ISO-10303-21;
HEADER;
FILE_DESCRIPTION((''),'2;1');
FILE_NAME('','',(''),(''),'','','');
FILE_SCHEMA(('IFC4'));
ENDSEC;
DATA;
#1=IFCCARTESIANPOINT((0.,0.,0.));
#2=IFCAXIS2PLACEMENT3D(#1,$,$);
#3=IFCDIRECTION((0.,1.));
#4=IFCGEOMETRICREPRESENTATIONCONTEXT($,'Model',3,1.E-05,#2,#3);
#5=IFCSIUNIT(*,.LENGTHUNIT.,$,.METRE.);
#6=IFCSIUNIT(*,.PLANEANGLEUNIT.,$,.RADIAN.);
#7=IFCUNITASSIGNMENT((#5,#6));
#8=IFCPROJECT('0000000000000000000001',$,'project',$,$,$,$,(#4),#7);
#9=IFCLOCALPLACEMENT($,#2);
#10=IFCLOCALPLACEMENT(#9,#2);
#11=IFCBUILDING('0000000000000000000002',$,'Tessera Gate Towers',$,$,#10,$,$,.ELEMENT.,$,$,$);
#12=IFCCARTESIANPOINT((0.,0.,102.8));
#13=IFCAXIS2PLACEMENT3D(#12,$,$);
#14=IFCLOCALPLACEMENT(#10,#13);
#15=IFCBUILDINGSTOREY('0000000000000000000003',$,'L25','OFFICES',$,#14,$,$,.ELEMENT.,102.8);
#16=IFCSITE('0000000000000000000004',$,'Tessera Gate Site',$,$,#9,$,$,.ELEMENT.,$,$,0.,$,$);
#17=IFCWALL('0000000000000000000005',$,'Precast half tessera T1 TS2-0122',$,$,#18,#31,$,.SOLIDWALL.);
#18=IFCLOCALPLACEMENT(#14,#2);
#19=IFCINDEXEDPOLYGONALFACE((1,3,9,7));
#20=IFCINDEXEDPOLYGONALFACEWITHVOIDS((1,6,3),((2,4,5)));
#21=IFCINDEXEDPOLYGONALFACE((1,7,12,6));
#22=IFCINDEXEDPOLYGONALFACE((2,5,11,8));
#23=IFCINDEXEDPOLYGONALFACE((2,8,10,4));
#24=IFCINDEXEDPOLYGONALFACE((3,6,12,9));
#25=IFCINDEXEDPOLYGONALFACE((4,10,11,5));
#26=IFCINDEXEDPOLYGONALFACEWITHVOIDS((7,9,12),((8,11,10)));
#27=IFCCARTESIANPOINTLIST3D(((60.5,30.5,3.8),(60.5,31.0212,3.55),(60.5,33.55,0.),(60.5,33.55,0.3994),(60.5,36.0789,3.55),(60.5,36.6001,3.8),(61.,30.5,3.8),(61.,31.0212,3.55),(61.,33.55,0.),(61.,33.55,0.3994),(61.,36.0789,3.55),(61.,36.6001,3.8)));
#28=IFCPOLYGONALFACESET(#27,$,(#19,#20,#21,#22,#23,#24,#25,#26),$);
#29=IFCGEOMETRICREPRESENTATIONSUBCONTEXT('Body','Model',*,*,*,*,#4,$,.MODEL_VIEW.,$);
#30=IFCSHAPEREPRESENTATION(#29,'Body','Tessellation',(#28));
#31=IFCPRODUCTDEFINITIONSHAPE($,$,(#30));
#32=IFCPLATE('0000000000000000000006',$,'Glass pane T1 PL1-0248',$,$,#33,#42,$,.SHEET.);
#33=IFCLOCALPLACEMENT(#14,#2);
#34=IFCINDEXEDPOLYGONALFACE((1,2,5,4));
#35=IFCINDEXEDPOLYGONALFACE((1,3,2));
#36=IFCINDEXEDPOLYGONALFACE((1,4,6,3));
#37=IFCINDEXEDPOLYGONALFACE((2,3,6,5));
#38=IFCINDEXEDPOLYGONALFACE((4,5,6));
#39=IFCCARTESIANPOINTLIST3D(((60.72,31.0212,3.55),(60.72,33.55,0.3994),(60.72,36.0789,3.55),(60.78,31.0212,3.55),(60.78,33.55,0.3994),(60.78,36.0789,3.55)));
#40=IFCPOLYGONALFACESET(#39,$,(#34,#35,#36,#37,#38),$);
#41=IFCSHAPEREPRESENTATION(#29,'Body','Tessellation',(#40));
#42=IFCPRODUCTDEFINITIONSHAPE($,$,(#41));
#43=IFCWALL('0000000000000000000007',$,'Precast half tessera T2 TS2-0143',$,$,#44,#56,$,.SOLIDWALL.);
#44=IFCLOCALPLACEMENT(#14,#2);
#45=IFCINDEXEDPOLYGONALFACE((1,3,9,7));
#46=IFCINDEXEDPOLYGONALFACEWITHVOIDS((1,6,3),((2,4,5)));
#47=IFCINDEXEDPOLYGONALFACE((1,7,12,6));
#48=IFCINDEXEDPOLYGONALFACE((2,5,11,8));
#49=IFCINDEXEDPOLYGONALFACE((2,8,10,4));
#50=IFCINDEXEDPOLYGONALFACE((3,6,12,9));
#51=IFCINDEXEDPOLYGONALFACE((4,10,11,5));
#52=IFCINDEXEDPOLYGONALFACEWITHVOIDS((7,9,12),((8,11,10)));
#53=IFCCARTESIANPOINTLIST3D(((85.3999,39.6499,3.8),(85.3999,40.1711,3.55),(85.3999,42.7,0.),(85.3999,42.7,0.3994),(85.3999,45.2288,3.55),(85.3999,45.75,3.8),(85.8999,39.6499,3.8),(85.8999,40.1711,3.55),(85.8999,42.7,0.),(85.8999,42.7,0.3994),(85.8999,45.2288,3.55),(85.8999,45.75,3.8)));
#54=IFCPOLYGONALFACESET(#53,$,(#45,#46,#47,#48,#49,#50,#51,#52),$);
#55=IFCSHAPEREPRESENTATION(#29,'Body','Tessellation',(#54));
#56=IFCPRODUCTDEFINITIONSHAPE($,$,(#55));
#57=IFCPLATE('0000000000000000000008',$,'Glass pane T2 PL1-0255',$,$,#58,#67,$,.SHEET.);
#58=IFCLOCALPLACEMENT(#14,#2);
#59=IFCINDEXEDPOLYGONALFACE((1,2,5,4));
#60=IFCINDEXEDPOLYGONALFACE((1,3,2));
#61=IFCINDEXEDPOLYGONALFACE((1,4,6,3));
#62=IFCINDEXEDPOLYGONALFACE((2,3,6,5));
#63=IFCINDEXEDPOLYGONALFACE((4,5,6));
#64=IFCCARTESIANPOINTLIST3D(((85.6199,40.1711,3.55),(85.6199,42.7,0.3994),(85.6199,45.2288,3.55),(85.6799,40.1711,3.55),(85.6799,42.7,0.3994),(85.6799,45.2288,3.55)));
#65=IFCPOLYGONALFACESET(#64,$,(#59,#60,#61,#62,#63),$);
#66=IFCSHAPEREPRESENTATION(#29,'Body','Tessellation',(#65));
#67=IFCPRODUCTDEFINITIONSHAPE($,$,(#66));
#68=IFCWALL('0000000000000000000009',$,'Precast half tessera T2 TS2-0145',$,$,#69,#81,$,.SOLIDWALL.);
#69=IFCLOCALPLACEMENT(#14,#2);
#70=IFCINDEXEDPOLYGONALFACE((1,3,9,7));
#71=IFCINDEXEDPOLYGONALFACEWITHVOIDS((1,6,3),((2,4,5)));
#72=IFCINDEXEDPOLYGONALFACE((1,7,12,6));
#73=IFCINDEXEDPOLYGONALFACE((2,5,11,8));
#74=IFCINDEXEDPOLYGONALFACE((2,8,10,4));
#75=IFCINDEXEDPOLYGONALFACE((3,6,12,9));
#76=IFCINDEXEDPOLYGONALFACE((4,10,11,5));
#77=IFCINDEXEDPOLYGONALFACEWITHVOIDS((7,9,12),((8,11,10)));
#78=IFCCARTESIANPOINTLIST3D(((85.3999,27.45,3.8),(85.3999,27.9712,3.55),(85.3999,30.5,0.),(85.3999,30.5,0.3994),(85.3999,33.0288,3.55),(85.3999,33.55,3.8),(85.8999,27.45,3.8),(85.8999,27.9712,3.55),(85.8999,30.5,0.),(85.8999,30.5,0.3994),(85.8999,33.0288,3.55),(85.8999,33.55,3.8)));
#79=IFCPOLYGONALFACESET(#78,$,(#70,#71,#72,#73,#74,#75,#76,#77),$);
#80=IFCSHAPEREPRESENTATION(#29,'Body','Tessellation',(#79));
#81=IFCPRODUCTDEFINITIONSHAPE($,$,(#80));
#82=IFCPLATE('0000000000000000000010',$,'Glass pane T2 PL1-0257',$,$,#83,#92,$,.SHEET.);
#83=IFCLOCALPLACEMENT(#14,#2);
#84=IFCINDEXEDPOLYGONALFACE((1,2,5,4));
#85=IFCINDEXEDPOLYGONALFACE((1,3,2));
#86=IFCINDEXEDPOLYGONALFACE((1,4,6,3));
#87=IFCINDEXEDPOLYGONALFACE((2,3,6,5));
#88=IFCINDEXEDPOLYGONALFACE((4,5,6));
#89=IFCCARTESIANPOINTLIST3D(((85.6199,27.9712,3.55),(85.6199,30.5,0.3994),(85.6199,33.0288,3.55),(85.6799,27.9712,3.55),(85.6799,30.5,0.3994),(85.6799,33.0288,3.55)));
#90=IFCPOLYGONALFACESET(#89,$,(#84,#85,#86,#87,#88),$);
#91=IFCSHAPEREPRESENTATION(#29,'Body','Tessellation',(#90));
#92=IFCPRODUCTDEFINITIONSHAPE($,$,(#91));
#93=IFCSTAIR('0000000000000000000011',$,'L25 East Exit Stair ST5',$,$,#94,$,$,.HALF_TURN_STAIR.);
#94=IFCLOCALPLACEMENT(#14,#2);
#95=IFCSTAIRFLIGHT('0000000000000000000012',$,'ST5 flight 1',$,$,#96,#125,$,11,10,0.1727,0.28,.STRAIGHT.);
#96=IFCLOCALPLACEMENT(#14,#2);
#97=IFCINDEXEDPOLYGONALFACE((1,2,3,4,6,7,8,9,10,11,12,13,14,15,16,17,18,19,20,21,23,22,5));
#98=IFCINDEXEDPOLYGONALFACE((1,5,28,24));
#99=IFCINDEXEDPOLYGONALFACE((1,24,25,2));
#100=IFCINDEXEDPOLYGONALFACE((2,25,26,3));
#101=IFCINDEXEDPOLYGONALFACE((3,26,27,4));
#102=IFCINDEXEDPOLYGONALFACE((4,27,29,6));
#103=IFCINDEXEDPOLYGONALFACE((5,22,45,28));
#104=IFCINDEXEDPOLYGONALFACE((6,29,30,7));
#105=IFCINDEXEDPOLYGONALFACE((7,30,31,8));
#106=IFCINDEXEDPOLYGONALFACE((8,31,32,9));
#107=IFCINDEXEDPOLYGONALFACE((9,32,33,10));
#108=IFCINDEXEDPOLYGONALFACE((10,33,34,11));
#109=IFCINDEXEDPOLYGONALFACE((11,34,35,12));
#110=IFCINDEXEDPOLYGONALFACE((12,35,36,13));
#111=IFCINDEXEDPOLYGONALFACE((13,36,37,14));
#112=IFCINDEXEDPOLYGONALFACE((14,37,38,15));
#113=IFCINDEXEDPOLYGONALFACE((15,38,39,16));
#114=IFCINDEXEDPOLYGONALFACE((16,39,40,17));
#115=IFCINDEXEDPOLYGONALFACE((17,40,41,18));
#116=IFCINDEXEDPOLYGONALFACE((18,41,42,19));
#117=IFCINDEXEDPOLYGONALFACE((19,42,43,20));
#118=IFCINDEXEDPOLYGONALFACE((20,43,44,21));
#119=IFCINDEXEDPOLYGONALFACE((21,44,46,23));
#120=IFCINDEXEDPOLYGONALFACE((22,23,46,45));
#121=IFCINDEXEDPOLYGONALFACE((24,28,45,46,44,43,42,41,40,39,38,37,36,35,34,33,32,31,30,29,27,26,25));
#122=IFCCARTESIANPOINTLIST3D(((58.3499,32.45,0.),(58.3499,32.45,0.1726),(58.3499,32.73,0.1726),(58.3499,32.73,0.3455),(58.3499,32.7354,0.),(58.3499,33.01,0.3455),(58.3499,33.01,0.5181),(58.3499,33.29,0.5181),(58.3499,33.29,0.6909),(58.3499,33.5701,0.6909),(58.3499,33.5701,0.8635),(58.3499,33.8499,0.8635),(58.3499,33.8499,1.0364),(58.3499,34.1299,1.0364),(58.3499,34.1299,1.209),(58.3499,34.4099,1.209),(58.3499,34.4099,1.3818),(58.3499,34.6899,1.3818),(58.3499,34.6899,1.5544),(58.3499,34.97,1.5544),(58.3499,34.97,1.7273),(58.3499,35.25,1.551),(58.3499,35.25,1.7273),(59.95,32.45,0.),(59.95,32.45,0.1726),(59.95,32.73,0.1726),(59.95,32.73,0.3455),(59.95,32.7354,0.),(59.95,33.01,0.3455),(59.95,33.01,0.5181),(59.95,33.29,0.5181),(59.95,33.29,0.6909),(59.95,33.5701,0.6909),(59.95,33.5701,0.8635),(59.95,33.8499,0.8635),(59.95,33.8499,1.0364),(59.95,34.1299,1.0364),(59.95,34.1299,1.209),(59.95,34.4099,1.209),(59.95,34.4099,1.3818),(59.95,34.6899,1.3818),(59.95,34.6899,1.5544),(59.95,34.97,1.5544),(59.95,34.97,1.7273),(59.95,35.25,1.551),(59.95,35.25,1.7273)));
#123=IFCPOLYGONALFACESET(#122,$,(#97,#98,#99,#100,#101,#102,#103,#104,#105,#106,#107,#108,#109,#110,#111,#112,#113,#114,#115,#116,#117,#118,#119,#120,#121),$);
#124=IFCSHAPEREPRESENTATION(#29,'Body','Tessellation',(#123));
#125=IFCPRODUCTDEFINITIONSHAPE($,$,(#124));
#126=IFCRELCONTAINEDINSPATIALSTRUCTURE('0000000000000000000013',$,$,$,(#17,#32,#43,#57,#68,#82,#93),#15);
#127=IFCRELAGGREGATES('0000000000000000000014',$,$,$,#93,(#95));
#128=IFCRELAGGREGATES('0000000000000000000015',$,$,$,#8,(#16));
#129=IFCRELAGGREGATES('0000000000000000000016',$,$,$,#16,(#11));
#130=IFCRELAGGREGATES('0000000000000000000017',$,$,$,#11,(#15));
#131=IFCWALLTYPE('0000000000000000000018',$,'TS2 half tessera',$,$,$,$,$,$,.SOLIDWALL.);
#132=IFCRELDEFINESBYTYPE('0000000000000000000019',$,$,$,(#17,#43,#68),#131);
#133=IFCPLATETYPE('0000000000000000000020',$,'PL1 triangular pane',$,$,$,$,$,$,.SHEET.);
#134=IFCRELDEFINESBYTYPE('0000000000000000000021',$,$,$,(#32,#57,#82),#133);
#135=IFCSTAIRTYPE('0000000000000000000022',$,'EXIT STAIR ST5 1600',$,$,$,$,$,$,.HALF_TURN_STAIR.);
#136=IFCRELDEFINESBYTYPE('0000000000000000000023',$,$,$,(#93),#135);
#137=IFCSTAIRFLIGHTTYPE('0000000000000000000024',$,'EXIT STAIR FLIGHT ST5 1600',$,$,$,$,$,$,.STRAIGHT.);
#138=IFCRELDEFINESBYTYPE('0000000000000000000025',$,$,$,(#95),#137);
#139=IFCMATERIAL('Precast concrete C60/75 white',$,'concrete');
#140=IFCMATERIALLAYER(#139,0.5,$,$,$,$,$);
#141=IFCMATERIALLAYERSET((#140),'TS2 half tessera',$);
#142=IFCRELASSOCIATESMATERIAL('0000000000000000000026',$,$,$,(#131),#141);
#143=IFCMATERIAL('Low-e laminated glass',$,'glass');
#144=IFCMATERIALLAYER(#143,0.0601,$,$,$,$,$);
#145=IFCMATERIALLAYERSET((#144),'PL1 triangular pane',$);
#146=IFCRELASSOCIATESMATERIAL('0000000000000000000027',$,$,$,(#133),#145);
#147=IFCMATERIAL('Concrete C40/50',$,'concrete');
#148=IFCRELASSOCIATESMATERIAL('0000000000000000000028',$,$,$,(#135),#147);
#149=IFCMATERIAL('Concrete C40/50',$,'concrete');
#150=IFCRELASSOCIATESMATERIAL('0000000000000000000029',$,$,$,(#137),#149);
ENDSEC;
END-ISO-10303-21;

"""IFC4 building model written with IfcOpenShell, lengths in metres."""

from ifc_helpers import new_model, si_unit, direction, frame, origin, place, context, subcontext, project, spatial, polyline, outline, extrude, source, transform, mapped, material, layer, layer_set, type_object, element, fill, aggregate, save


model = new_model("IFC4")

# Units and contexts
model_context = context("Model", 3, precision=1e-05, world=origin(), true_north=direction((0.0, 1.0)))
body_context = subcontext(model_context, "Body", "Model", "MODEL_VIEW")
ifc_project = project(units=[si_unit("LENGTHUNIT", "METRE"), si_unit("PLANEANGLEUNIT", "RADIAN")], contexts=[model_context])

# Site, building, storey
site_placement = place(None, origin())
site = spatial("IfcSite", under=ifc_project, at=site_placement, Name="Tessera Gate Site", CompositionType="ELEMENT", RefElevation=0.0)
building_placement = place(site_placement, origin())
building = spatial("IfcBuilding", under=site, at=building_placement, Name="Tessera Gate Towers", CompositionType="ELEMENT")
storey_placement = place(building_placement, frame((0.0, 0.0, 102.8)))
storey = spatial("IfcBuildingStorey", under=building, at=storey_placement, Name="L25", Description="OFFICES", CompositionType="ELEMENT", Elevation=102.8)

# Walls, openings, plates
ifc_material_1 = material(Name="Precast concrete C60/75 white", Category="concrete")
ifc_layer_1 = layer(ifc_material_1, 0.5)
ifc_layer_set_1 = layer_set([ifc_layer_1], Name="TS2 half tessera")
wall_type_1 = type_object("IfcWallType", Name="TS2 half tessera", PredefinedType="SOLIDWALL", material=ifc_layer_set_1)
shared_shape_1 = source(origin(), body_context, "Body", "SweptSolid", [
    extrude(outline(polyline([(3.05, 0.0), (6.1001, 3.8), (0.0, 3.8), (3.05, 0.0)])), frame((0.0, 0.25, 0.0), z_axis=(0.0, -1.0, 0.0), x_axis=(1.0, 0.0, 0.0)), (0.0, 0.0, 1.0), 0.5),
])
wall_1_placement = place(storey_placement, frame((60.75, 30.5, 0.0), z_axis=(0.0, 0.0, 1.0), x_axis=(0.0, 1.0, 0.0)))
wall_1 = element("IfcWall", 1, at=wall_1_placement, inside=storey, type_object=wall_type_1, Name="Precast half tessera T1 TS2-0122", PredefinedType="SOLIDWALL", context=body_context, shape_type="MappedRepresentation", body=[
    mapped(shared_shape_1, transform((0.0, 0.0, 0.0), scale=1.0)),
])
shared_shape_2 = source(origin(), body_context, "Body", "SweptSolid", [
    extrude(outline(polyline([(3.05, 0.3994), (5.5789, 3.55), (0.5212, 3.55), (3.05, 0.3994)])), frame((0.0, 0.26, 0.0), z_axis=(0.0, -1.0, 0.0), x_axis=(1.0, 0.0, 0.0)), (0.0, 0.0, 1.0), 0.52),
])
opening_1_placement = place(wall_1_placement, origin())
opening_1 = element("IfcOpeningElement", 2, at=opening_1_placement, cuts=wall_1, PredefinedType="OPENING", context=body_context, shape_type="MappedRepresentation", body=[
    mapped(shared_shape_2, transform((0.0, 0.0, 0.0), scale=1.0)),
])
ifc_material_2 = material(Name="Low-e laminated glass", Category="glass")
ifc_layer_2 = layer(ifc_material_2, 0.0601)
ifc_layer_set_2 = layer_set([ifc_layer_2], Name="PL1 triangular pane")
plate_type_1 = type_object("IfcPlateType", Name="PL1 triangular pane", PredefinedType="SHEET", material=ifc_layer_set_2)
shared_shape_3 = source(origin(), body_context, "Body", "SweptSolid", [
    extrude(outline(polyline([(3.05, 0.3994), (5.5789, 3.55), (0.5212, 3.55), (3.05, 0.3994)])), frame((0.0, 0.03, 0.0), z_axis=(0.0, -1.0, 0.0), x_axis=(1.0, 0.0, 0.0)), (0.0, 0.0, 1.0), 0.0601),
])
plate_1_placement = place(opening_1_placement, origin())
plate_1 = element("IfcPlate", 3, at=plate_1_placement, inside=storey, type_object=plate_type_1, Name="Glass pane T1 PL1-0248", PredefinedType="SHEET", context=body_context, shape_type="MappedRepresentation", body=[
    mapped(shared_shape_3, transform((0.0, 0.0, 0.0), scale=1.0)),
])
fill(opening_1, plate_1)
wall_2_placement = place(storey_placement, frame((85.6499, 45.75, 0.0), z_axis=(0.0, 0.0, 1.0), x_axis=(0.0, -1.0, 0.0)))
wall_2 = element("IfcWall", 4, at=wall_2_placement, inside=storey, type_object=wall_type_1, Name="Precast half tessera T2 TS2-0143", PredefinedType="SOLIDWALL", context=body_context, shape_type="MappedRepresentation", body=[
    mapped(shared_shape_1, transform((0.0, 0.0, 0.0), scale=1.0)),
])
opening_2_placement = place(wall_2_placement, origin())
opening_2 = element("IfcOpeningElement", 5, at=opening_2_placement, cuts=wall_2, PredefinedType="OPENING", context=body_context, shape_type="MappedRepresentation", body=[
    mapped(shared_shape_2, transform((0.0, 0.0, 0.0), scale=1.0)),
])
plate_2_placement = place(opening_2_placement, origin())
plate_2 = element("IfcPlate", 6, at=plate_2_placement, inside=storey, type_object=plate_type_1, Name="Glass pane T2 PL1-0255", PredefinedType="SHEET", context=body_context, shape_type="MappedRepresentation", body=[
    mapped(shared_shape_3, transform((0.0, 0.0, 0.0), scale=1.0)),
])
fill(opening_2, plate_2)
wall_3_placement = place(storey_placement, frame((85.6499, 33.55, 0.0), z_axis=(0.0, 0.0, 1.0), x_axis=(0.0, -1.0, 0.0)))
wall_3 = element("IfcWall", 7, at=wall_3_placement, inside=storey, type_object=wall_type_1, Name="Precast half tessera T2 TS2-0145", PredefinedType="SOLIDWALL", context=body_context, shape_type="MappedRepresentation", body=[
    mapped(shared_shape_1, transform((0.0, 0.0, 0.0), scale=1.0)),
])
opening_3_placement = place(wall_3_placement, origin())
opening_3 = element("IfcOpeningElement", 8, at=opening_3_placement, cuts=wall_3, PredefinedType="OPENING", context=body_context, shape_type="MappedRepresentation", body=[
    mapped(shared_shape_2, transform((0.0, 0.0, 0.0), scale=1.0)),
])
plate_3_placement = place(opening_3_placement, origin())
plate_3 = element("IfcPlate", 9, at=plate_3_placement, inside=storey, type_object=plate_type_1, Name="Glass pane T2 PL1-0257", PredefinedType="SHEET", context=body_context, shape_type="MappedRepresentation", body=[
    mapped(shared_shape_3, transform((0.0, 0.0, 0.0), scale=1.0)),
])
fill(opening_3, plate_3)

# Stair, stair flight
ifc_material_3 = material(Name="Concrete C40/50", Category="concrete")
stair_type = type_object("IfcStairType", Name="EXIT STAIR ST5 1600", PredefinedType="HALF_TURN_STAIR", material=ifc_material_3)
stair_placement = place(storey_placement, origin())
stair = element("IfcStair", 10, at=stair_placement, inside=storey, type_object=stair_type, Name="L25 East Exit Stair ST5", PredefinedType="HALF_TURN_STAIR")
ifc_material_4 = material(Name="Concrete C40/50", Category="concrete")
stair_flight_type = type_object("IfcStairFlightType", Name="EXIT STAIR FLIGHT ST5 1600", PredefinedType="STRAIGHT", material=ifc_material_4)
stair_flight_placement = place(storey_placement, frame((59.1499, 32.45, 0.0), z_axis=(0.0, 0.0, 1.0), x_axis=(0.0, 1.0, 0.0)))
stair_flight = element("IfcStairFlight", 11, at=stair_flight_placement, type_object=stair_flight_type, Name="ST5 flight 1", NumberOfRisers=11, NumberOfTreads=10, PredefinedType="STRAIGHT", RiserHeight=0.1727, TreadLength=0.28, context=body_context, shape_type="SweptSolid", body=[
    extrude(outline(polyline([(0.0, 0.0), (0.0, 0.1726), (0.28, 0.1726), (0.28, 0.3455), (0.5601, 0.3455), (0.5601, 0.5181), (0.8401, 0.5181), (0.8401, 0.6909), (1.1201, 0.6909), (1.1201, 0.8635), (1.3999, 0.8635), (1.3999, 1.0364), (1.6799, 1.0364), (1.6799, 1.209), (1.96, 1.209), (1.96, 1.3818), (2.24, 1.3818), (2.24, 1.5544), (2.52, 1.5544), (2.52, 1.7273), (2.8, 1.7273), (2.8, 1.8999), (2.8, 1.551), (0.2854, 0.0), (0.0, 0.0)])), frame((0.0, 0.8, 0.0), z_axis=(0.0, -1.0, 0.0), x_axis=(1.0, 0.0, 0.0)), (0.0, 0.0, 1.0), 1.6001),
])
aggregate(stair, [stair_flight])

save(model, "model.ifc")
